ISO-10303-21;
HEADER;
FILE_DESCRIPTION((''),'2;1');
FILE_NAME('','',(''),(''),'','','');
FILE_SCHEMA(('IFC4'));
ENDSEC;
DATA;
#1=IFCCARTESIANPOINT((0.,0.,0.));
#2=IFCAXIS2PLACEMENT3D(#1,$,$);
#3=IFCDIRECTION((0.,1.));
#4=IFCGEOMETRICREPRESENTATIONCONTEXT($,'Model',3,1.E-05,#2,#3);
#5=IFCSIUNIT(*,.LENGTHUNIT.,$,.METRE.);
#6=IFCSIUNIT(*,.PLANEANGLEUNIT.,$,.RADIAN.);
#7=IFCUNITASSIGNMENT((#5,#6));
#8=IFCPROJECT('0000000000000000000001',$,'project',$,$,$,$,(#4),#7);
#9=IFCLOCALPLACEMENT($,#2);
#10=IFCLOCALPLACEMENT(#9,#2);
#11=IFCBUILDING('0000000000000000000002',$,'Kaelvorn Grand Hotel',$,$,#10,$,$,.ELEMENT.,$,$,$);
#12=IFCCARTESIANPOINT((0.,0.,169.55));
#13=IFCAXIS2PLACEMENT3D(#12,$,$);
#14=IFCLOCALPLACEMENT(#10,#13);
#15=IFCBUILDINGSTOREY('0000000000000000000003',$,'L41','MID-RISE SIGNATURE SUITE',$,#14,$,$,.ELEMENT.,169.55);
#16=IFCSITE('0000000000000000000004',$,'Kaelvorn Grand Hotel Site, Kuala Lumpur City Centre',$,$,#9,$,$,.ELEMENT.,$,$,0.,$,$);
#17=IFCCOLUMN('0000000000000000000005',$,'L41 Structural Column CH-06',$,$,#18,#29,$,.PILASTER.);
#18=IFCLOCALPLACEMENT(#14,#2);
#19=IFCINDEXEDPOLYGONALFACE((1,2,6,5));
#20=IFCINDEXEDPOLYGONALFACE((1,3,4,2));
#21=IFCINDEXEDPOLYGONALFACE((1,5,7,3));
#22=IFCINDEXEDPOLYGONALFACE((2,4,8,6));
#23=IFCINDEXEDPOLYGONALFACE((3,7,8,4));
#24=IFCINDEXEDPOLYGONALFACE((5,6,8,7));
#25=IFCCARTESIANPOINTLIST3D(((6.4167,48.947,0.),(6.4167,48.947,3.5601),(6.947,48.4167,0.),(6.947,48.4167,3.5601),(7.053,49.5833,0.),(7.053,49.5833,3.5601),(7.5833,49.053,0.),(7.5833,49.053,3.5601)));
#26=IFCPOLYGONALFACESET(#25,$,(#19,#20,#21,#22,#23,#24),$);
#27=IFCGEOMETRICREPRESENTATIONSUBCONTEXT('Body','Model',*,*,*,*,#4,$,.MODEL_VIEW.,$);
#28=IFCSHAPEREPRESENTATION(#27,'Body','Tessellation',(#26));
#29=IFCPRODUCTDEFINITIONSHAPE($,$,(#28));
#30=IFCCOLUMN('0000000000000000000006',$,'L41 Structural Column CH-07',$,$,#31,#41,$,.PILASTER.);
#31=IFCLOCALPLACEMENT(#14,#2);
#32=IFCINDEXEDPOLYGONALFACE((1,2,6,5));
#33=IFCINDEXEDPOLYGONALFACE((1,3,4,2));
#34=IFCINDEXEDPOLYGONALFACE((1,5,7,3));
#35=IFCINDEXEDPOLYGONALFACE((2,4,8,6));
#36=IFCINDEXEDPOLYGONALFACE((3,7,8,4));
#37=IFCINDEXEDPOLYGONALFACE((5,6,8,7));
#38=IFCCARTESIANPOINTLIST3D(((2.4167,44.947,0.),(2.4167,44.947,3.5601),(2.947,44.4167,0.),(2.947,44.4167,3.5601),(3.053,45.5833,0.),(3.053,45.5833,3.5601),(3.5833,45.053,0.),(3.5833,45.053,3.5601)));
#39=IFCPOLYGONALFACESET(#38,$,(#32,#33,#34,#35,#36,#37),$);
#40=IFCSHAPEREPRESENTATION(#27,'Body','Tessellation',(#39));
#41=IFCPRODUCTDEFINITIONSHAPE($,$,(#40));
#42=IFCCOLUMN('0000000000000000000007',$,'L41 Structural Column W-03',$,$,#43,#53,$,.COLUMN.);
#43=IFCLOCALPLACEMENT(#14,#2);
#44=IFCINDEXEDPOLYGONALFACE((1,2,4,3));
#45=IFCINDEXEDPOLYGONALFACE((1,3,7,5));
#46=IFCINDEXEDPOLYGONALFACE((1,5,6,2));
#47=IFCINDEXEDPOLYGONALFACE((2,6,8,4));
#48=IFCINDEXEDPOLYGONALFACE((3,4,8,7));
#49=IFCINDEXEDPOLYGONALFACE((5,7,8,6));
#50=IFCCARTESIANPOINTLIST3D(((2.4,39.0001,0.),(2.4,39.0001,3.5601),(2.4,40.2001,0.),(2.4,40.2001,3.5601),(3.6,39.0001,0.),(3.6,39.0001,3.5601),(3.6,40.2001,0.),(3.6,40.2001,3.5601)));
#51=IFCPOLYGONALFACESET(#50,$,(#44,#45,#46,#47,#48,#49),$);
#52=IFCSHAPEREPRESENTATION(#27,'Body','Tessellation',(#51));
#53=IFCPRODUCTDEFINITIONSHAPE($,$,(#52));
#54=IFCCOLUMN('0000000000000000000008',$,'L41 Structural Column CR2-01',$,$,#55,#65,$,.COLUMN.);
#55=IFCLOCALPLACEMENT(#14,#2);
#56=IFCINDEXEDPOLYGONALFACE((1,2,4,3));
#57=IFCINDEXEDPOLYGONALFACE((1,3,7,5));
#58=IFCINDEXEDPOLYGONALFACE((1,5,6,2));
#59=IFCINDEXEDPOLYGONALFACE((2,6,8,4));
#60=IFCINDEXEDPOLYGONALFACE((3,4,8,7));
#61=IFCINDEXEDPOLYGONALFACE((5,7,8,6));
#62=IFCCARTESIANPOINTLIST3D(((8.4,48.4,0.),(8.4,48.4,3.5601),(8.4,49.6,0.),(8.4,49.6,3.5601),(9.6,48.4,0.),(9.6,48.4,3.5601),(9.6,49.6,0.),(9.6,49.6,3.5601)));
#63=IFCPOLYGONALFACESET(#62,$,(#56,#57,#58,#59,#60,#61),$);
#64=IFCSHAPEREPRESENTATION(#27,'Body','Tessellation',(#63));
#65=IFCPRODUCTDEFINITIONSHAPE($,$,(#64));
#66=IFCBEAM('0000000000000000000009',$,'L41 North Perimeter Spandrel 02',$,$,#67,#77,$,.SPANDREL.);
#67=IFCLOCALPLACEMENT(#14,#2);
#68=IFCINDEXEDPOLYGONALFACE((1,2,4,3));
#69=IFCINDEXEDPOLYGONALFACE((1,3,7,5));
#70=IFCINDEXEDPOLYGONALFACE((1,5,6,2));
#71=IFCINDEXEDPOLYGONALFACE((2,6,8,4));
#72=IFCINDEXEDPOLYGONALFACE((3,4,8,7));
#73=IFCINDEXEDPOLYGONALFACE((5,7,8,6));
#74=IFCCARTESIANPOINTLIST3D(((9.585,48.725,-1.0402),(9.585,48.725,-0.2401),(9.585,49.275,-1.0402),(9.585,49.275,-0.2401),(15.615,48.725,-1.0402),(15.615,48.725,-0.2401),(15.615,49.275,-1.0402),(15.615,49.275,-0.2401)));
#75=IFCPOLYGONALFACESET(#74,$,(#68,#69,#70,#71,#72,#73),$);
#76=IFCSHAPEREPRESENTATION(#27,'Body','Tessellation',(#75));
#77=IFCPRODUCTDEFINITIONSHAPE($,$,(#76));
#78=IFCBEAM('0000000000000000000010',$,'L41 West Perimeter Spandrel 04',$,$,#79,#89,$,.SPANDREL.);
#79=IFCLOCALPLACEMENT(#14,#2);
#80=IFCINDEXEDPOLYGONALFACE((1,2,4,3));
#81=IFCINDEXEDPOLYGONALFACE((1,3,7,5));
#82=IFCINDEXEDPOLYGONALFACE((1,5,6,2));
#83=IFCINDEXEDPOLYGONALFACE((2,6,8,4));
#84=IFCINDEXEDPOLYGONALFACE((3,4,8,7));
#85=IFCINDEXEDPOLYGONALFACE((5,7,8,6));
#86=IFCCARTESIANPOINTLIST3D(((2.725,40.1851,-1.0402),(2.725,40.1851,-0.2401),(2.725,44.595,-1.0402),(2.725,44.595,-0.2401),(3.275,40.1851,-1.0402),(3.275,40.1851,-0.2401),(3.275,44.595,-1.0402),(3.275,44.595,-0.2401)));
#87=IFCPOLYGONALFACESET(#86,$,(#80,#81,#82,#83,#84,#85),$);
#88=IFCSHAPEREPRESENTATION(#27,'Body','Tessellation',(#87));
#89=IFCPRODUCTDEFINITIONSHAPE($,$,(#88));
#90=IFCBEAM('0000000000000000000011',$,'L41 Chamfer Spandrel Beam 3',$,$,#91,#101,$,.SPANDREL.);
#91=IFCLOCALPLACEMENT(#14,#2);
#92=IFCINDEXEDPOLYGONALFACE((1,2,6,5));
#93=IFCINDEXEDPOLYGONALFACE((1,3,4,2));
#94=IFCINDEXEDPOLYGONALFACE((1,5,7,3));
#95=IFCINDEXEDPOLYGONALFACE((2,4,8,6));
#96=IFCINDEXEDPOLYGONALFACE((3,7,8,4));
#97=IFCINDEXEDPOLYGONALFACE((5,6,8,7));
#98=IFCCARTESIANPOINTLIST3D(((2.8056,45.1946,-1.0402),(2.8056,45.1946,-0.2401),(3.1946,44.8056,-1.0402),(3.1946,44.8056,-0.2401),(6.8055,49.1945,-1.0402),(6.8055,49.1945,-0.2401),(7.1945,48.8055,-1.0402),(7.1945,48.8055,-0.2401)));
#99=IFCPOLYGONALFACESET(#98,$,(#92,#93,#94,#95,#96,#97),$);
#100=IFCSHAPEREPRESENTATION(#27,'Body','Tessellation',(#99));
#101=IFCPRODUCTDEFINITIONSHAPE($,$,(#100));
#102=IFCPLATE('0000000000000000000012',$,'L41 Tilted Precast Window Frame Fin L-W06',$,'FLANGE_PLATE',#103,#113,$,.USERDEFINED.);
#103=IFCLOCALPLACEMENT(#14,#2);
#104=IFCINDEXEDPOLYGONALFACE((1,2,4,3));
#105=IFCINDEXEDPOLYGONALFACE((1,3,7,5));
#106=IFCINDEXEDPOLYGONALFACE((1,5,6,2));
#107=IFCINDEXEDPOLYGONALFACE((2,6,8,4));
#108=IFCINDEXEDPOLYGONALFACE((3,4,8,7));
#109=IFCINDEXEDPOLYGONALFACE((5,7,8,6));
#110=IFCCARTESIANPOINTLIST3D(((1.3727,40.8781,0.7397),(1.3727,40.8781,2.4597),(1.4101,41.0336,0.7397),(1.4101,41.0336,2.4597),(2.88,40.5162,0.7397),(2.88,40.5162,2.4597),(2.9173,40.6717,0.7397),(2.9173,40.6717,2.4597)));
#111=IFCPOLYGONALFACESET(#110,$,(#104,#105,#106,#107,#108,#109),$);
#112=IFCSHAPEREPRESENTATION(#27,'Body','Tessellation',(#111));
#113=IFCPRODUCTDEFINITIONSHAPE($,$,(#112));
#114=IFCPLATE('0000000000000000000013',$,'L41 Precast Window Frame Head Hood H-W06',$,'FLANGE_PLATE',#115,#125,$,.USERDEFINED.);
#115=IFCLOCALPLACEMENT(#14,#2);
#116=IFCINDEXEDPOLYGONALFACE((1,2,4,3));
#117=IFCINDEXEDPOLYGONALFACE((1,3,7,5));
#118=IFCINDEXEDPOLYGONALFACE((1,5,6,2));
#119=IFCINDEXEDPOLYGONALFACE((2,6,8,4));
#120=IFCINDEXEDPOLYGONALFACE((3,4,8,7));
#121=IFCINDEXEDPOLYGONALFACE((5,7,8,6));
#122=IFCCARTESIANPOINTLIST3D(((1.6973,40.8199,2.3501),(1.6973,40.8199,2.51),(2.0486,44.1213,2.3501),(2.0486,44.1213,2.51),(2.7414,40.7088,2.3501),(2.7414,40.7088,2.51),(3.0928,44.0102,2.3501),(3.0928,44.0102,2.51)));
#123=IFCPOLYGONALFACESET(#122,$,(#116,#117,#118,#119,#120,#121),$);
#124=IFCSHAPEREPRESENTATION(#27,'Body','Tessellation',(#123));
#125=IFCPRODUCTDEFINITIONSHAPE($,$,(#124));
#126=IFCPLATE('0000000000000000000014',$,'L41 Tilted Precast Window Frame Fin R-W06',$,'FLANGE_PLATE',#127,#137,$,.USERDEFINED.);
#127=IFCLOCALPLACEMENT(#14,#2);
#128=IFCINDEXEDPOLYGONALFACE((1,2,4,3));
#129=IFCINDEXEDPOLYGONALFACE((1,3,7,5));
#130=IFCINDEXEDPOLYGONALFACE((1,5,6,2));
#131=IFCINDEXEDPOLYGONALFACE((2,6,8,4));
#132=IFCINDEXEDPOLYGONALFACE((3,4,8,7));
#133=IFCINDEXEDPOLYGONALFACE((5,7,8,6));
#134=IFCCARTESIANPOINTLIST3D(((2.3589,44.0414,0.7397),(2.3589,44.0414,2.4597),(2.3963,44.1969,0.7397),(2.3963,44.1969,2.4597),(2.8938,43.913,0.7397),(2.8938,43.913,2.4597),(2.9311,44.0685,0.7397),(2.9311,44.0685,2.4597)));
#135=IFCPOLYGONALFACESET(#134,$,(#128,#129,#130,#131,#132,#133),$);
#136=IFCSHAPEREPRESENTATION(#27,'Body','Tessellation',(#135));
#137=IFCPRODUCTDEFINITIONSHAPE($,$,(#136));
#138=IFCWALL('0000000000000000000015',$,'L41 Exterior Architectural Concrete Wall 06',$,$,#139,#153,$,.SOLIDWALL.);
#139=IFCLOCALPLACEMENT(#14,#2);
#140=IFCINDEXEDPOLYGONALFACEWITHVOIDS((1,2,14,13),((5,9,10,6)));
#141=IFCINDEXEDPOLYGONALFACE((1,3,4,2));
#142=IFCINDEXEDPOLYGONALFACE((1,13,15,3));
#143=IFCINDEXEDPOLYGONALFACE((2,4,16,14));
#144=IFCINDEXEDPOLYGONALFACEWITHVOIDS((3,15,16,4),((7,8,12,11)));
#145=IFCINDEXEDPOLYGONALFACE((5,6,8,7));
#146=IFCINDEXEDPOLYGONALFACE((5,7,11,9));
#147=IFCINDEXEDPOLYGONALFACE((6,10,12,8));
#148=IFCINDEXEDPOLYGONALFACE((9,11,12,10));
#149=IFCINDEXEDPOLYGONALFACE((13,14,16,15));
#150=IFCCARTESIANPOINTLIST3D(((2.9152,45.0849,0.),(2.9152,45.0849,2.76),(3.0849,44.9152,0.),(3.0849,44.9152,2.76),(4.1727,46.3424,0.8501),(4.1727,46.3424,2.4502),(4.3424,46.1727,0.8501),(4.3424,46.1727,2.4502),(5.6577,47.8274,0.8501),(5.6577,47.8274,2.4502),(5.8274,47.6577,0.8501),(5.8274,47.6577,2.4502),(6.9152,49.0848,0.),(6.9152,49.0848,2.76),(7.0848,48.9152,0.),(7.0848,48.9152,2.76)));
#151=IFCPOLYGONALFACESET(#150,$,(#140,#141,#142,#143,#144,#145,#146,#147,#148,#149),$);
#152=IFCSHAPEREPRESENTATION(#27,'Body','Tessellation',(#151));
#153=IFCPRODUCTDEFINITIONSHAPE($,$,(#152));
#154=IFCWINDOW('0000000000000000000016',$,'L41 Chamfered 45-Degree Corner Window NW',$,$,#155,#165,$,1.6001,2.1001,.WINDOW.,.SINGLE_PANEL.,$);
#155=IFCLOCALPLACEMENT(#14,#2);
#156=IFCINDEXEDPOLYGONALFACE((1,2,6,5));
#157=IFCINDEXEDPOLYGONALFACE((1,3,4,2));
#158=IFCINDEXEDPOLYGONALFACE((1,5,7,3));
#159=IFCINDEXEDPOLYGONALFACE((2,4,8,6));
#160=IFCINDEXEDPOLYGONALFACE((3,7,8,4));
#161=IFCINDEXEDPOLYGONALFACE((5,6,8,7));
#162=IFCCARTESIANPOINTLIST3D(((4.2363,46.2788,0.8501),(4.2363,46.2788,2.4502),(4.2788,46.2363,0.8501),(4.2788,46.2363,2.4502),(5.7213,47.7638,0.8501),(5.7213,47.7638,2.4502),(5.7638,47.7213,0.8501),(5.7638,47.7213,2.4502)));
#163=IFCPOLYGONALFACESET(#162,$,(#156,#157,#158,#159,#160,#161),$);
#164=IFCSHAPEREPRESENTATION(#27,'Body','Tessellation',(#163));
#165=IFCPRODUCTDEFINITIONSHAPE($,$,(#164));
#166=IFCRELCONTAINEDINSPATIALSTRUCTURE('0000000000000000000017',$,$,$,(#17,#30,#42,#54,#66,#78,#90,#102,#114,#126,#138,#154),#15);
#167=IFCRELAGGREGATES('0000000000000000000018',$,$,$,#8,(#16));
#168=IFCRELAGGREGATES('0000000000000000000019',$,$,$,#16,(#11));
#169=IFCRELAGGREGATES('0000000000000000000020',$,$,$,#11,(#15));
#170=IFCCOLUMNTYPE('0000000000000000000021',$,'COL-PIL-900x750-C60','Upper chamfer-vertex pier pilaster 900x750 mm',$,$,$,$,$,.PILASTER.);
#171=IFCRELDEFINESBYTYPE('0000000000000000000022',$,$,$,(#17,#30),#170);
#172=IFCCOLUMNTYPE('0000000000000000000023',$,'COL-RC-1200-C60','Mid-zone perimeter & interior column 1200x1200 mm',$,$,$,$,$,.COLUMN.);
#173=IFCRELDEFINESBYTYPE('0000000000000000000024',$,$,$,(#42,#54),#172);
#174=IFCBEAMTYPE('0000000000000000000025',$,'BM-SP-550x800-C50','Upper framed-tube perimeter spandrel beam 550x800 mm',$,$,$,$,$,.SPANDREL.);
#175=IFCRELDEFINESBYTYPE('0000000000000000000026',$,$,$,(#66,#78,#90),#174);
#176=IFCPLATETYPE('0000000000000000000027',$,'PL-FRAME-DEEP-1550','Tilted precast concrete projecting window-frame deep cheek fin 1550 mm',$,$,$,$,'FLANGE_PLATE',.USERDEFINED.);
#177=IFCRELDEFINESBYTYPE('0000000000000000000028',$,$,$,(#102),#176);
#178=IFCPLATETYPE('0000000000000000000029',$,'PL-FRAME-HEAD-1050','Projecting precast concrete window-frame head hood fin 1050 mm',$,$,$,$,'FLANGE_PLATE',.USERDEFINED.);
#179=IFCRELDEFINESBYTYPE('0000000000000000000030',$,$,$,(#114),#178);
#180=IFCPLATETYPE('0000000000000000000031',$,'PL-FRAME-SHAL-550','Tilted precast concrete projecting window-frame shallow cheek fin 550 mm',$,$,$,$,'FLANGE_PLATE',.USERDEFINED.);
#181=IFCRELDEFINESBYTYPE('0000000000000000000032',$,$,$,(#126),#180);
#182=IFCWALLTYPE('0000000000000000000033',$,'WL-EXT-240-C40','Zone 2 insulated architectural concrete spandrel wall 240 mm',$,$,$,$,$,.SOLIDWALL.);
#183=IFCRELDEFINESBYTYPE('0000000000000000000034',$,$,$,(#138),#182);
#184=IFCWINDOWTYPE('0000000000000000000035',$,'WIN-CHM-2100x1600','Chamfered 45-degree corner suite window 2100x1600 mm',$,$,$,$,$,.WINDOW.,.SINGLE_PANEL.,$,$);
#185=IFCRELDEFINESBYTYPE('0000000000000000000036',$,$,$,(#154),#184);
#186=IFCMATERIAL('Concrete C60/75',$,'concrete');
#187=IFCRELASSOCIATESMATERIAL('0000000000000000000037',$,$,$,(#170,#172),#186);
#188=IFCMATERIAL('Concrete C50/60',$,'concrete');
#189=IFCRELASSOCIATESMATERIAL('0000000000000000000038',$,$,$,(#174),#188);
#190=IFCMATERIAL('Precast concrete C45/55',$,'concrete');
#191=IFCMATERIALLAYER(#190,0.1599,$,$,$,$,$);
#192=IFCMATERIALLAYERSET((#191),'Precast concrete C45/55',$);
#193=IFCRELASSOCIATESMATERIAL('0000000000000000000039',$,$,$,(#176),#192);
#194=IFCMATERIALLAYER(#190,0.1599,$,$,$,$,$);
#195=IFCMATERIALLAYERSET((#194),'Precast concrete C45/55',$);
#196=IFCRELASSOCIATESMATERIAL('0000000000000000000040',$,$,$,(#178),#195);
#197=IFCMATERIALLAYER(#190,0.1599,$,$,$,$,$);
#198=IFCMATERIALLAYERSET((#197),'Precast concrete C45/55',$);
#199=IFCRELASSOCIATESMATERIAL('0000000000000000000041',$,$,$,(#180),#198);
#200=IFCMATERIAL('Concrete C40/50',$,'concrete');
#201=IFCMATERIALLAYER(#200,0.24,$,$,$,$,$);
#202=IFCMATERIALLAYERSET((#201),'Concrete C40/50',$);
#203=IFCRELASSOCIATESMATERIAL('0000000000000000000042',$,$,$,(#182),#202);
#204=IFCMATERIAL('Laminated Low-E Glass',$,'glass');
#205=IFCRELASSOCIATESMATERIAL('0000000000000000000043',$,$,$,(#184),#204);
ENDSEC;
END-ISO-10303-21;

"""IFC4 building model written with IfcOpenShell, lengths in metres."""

from ifc_helpers import new_model, si_unit, direction, frame, frame_2d, origin, origin_2d, place, context, subcontext, project, spatial, rectangle, extrude, material, layer, layer_set, material_profile, profile_set, type_object, element, fill, save


model = new_model("IFC4")

# Units and contexts
model_context = context("Model", 3, precision=1e-05, world=origin(), true_north=direction((0.0, 1.0)))
body_context = subcontext(model_context, "Body", "Model", "MODEL_VIEW")
ifc_project = project(units=[si_unit("LENGTHUNIT", "METRE"), si_unit("PLANEANGLEUNIT", "RADIAN")], contexts=[model_context])

# Site, building, storey
site_placement = place(None, origin())
site = spatial("IfcSite", under=ifc_project, at=site_placement, Name="Kaelvorn Grand Hotel Site, Kuala Lumpur City Centre", CompositionType="ELEMENT", RefElevation=0.0)
building_placement = place(site_placement, origin())
building = spatial("IfcBuilding", under=site, at=building_placement, Name="Kaelvorn Grand Hotel", CompositionType="ELEMENT")
storey_placement = place(building_placement, frame((0.0, 0.0, 169.55)))
storey = spatial("IfcBuildingStorey", under=building, at=storey_placement, Name="L41", Description="MID-RISE SIGNATURE SUITE", CompositionType="ELEMENT", Elevation=169.55)

# Columns
ifc_material_1 = material(Name="Concrete C60/75", Category="concrete")
ifc_material_profile_1 = material_profile(ifc_material_1, rectangle(XDim=0.8999, YDim=0.75, at=origin_2d()), Name="RC PILASTER 900x750")
ifc_profile_set_1 = profile_set([ifc_material_profile_1], Name="Concrete C60/75")
column_type_1 = type_object("IfcColumnType", Name="COL-PIL-900x750-C60", Description="Upper chamfer-vertex pier pilaster 900x750 mm", PredefinedType="PILASTER", material=ifc_profile_set_1)
for number, where, z_axis, x_axis, name in (
    (1, (7.0, 49.0, 0.0), (0.0, 0.0, 1.0), (0.707107, 0.707107, 0.0), "L41 Structural Column CH-06"),
    (2, (3.0, 45.0, 0.0), (0.0, 0.0, 1.0), (0.707107, 0.707107, 0.0), "L41 Structural Column CH-07"),
):
    element("IfcColumn", number, at=place(storey_placement, frame(where, z_axis=z_axis, x_axis=x_axis)), inside=storey, type_object=column_type_1, Name=name, PredefinedType="PILASTER", context=body_context, shape_type="SweptSolid", body=[
        extrude(rectangle(XDim=0.8999, YDim=0.75, at=origin_2d()), origin(), (0.0, 0.0, 1.0), 3.5601),
    ])
ifc_material_profile_2 = material_profile(ifc_material_1, rectangle(XDim=1.2, YDim=1.2, at=origin_2d()), Name="RC COL 1200x1200")
ifc_profile_set_2 = profile_set([ifc_material_profile_2], Name="Concrete C60/75")
column_type_2 = type_object("IfcColumnType", Name="COL-RC-1200-C60", Description="Mid-zone perimeter & interior column 1200x1200 mm", PredefinedType="COLUMN", material=ifc_profile_set_2)
for number, where, z_axis, x_axis, name in (
    (3, (3.0, 39.6001, 0.0), (0.0, 0.0, 1.0), (1.0, 0.0, 0.0), "L41 Structural Column W-03"),
    (4, (9.0, 49.0, 0.0), (0.0, 0.0, 1.0), (1.0, 0.0, 0.0), "L41 Structural Column CR2-01"),
):
    element("IfcColumn", number, at=place(storey_placement, frame(where, z_axis=z_axis, x_axis=x_axis)), inside=storey, type_object=column_type_2, Name=name, PredefinedType="COLUMN", context=body_context, shape_type="SweptSolid", body=[
        extrude(rectangle(XDim=1.2, YDim=1.2, at=origin_2d()), origin(), (0.0, 0.0, 1.0), 3.5601),
    ])

# Beams
ifc_material_2 = material(Name="Concrete C50/60", Category="concrete")
ifc_material_profile_3 = material_profile(ifc_material_2, rectangle(XDim=0.55, YDim=0.8, at=origin_2d()), Name="RC SPANDREL 550x800")
ifc_profile_set_3 = profile_set([ifc_material_profile_3], Name="Concrete C50/60")
beam_type = type_object("IfcBeamType", Name="BM-SP-550x800-C50", Description="Upper framed-tube perimeter spandrel beam 550x800 mm", PredefinedType="SPANDREL", material=ifc_profile_set_3)
beam_1_placement = place(storey_placement, frame((9.585, 49.0, -0.6401), z_axis=(1.0, 0.0, 0.0), x_axis=(0.0, 1.0, 0.0)))
element("IfcBeam", 5, at=beam_1_placement, inside=storey, type_object=beam_type, Name="L41 North Perimeter Spandrel 02", PredefinedType="SPANDREL", context=body_context, shape_type="SweptSolid", body=[
    extrude(rectangle(XDim=0.55, YDim=0.8, at=origin_2d()), origin(), (0.0, 0.0, 1.0), 6.03),
])
beam_2_placement = place(storey_placement, frame((3.0, 40.1851, -0.6401), z_axis=(0.0, 1.0, 0.0), x_axis=(-1.0, 0.0, 0.0)))
element("IfcBeam", 6, at=beam_2_placement, inside=storey, type_object=beam_type, Name="L41 West Perimeter Spandrel 04", PredefinedType="SPANDREL", context=body_context, shape_type="SweptSolid", body=[
    extrude(rectangle(XDim=0.55, YDim=0.8, at=origin_2d()), origin(), (0.0, 0.0, 1.0), 4.4099),
])
beam_3_placement = place(storey_placement, frame((7.0, 49.0, -0.6401), z_axis=(-0.707107, -0.707107, 0.0), x_axis=(0.707107, -0.707107, 0.0)))
element("IfcBeam", 7, at=beam_3_placement, inside=storey, type_object=beam_type, Name="L41 Chamfer Spandrel Beam 3", PredefinedType="SPANDREL", context=body_context, shape_type="SweptSolid", body=[
    extrude(rectangle(XDim=0.55, YDim=0.8, at=origin_2d()), origin(), (0.0, 0.0, 1.0), 5.6567),
])

# Plates
ifc_material_3 = material(Name="Precast concrete C45/55", Category="concrete")
ifc_layer_1 = layer(ifc_material_3, 0.1599)
ifc_layer_set_1 = layer_set([ifc_layer_1], Name="Precast concrete C45/55")
plate_type_1 = type_object("IfcPlateType", Name="PL-FRAME-DEEP-1550", Description="Tilted precast concrete projecting window-frame deep cheek fin 1550 mm", ElementType="FLANGE_PLATE", PredefinedType="USERDEFINED", material=ifc_layer_set_1)
plate_1_placement = place(storey_placement, frame((2.145, 40.7749, 0.7397), z_axis=(0.0, 0.0, 1.0), x_axis=(0.233445, 0.97237, 0.0)))
element("IfcPlate", 8, at=plate_1_placement, inside=storey, type_object=plate_type_1, Name="L41 Tilted Precast Window Frame Fin L-W06", ObjectType="FLANGE_PLATE", PredefinedType="USERDEFINED", context=body_context, shape_type="SweptSolid", body=[
    extrude(rectangle(XDim=0.1599, YDim=1.55, at=origin_2d()), origin(), (0.0, 0.0, 1.0), 1.72),
])
ifc_layer_2 = layer(ifc_material_3, 0.1599)
ifc_layer_set_2 = layer_set([ifc_layer_2], Name="Precast concrete C45/55")
plate_type_2 = type_object("IfcPlateType", Name="PL-FRAME-HEAD-1050", Description="Projecting precast concrete window-frame head hood fin 1050 mm", ElementType="FLANGE_PLATE", PredefinedType="USERDEFINED", material=ifc_layer_set_2)
plate_2_placement = place(storey_placement, frame((2.395, 42.415, 2.3501), z_axis=(0.0, 0.0, 1.0), x_axis=(0.10583, 0.994384, 0.0)))
element("IfcPlate", 9, at=plate_2_placement, inside=storey, type_object=plate_type_2, Name="L41 Precast Window Frame Head Hood H-W06", ObjectType="FLANGE_PLATE", PredefinedType="USERDEFINED", context=body_context, shape_type="SweptSolid", body=[
    extrude(rectangle(XDim=3.3201, YDim=1.05, at=origin_2d()), origin(), (0.0, 0.0, 1.0), 0.1599),
])
ifc_layer_3 = layer(ifc_material_3, 0.1599)
ifc_layer_set_3 = layer_set([ifc_layer_3], Name="Precast concrete C45/55")
plate_type_3 = type_object("IfcPlateType", Name="PL-FRAME-SHAL-550", Description="Tilted precast concrete projecting window-frame shallow cheek fin 550 mm", ElementType="FLANGE_PLATE", PredefinedType="USERDEFINED", material=ifc_layer_set_3)
plate_3_placement = place(storey_placement, frame((2.645, 44.0549, 0.7397), z_axis=(0.0, 0.0, 1.0), x_axis=(0.233445, 0.97237, 0.0)))
element("IfcPlate", 10, at=plate_3_placement, inside=storey, type_object=plate_type_3, Name="L41 Tilted Precast Window Frame Fin R-W06", ObjectType="FLANGE_PLATE", PredefinedType="USERDEFINED", context=body_context, shape_type="SweptSolid", body=[
    extrude(rectangle(XDim=0.1599, YDim=0.55, at=origin_2d()), origin(), (0.0, 0.0, 1.0), 1.72),
])

# Wall, opening, window
ifc_material_4 = material(Name="Concrete C40/50", Category="concrete")
ifc_layer_4 = layer(ifc_material_4, 0.24)
ifc_layer_set_4 = layer_set([ifc_layer_4], Name="Concrete C40/50")
wall_type = type_object("IfcWallType", Name="WL-EXT-240-C40", Description="Zone 2 insulated architectural concrete spandrel wall 240 mm", PredefinedType="SOLIDWALL", material=ifc_layer_set_4)
wall_1_placement = place(storey_placement, frame((7.0, 49.0, 0.0), z_axis=(0.0, 0.0, 1.0), x_axis=(-0.707107, -0.707107, 0.0)))
wall_1 = element("IfcWall", 11, at=wall_1_placement, inside=storey, type_object=wall_type, Name="L41 Exterior Architectural Concrete Wall 06", PredefinedType="SOLIDWALL", context=body_context, shape_type="SweptSolid", body=[
    extrude(rectangle(XDim=5.6567, YDim=0.24, at=frame_2d((2.8284, 0.0))), origin(), (0.0, 0.0, 1.0), 2.76),
])
opening_1_placement = place(wall_1_placement, frame((1.7783, 0.0, 0.8501)))
opening_1 = element("IfcOpeningElement", 12, at=opening_1_placement, cuts=wall_1, PredefinedType="OPENING", context=body_context, shape_type="SweptSolid", body=[
    extrude(rectangle(XDim=2.1001, YDim=1.6001, at=frame_2d((1.05, 0.8))), frame((0.0, 0.1299, 0.0), z_axis=(0.0, -1.0, 0.0), x_axis=(1.0, 0.0, 0.0)), (0.0, 0.0, 1.0), 0.26),
])
ifc_material_5 = material(Name="Laminated Low-E Glass", Category="glass")
window_type_1 = type_object("IfcWindowType", Name="WIN-CHM-2100x1600", Description="Chamfered 45-degree corner suite window 2100x1600 mm", PartitioningType="SINGLE_PANEL", PredefinedType="WINDOW", material=ifc_material_5)
window_1_placement = place(opening_1_placement, origin())
window_1 = element("IfcWindow", 13, at=window_1_placement, inside=storey, type_object=window_type_1, Name="L41 Chamfered 45-Degree Corner Window NW", OverallHeight=1.6001, OverallWidth=2.1001, PartitioningType="SINGLE_PANEL", PredefinedType="WINDOW", context=body_context, shape_type="SweptSolid", body=[
    extrude(rectangle(XDim=2.1001, YDim=1.6001, at=frame_2d((1.05, 0.8))), frame((0.0, 0.03, 0.0), z_axis=(0.0, -1.0, 0.0), x_axis=(1.0, 0.0, 0.0)), (0.0, 0.0, 1.0), 0.0601),
])
fill(opening_1, window_1)

save(model, "model.ifc")
